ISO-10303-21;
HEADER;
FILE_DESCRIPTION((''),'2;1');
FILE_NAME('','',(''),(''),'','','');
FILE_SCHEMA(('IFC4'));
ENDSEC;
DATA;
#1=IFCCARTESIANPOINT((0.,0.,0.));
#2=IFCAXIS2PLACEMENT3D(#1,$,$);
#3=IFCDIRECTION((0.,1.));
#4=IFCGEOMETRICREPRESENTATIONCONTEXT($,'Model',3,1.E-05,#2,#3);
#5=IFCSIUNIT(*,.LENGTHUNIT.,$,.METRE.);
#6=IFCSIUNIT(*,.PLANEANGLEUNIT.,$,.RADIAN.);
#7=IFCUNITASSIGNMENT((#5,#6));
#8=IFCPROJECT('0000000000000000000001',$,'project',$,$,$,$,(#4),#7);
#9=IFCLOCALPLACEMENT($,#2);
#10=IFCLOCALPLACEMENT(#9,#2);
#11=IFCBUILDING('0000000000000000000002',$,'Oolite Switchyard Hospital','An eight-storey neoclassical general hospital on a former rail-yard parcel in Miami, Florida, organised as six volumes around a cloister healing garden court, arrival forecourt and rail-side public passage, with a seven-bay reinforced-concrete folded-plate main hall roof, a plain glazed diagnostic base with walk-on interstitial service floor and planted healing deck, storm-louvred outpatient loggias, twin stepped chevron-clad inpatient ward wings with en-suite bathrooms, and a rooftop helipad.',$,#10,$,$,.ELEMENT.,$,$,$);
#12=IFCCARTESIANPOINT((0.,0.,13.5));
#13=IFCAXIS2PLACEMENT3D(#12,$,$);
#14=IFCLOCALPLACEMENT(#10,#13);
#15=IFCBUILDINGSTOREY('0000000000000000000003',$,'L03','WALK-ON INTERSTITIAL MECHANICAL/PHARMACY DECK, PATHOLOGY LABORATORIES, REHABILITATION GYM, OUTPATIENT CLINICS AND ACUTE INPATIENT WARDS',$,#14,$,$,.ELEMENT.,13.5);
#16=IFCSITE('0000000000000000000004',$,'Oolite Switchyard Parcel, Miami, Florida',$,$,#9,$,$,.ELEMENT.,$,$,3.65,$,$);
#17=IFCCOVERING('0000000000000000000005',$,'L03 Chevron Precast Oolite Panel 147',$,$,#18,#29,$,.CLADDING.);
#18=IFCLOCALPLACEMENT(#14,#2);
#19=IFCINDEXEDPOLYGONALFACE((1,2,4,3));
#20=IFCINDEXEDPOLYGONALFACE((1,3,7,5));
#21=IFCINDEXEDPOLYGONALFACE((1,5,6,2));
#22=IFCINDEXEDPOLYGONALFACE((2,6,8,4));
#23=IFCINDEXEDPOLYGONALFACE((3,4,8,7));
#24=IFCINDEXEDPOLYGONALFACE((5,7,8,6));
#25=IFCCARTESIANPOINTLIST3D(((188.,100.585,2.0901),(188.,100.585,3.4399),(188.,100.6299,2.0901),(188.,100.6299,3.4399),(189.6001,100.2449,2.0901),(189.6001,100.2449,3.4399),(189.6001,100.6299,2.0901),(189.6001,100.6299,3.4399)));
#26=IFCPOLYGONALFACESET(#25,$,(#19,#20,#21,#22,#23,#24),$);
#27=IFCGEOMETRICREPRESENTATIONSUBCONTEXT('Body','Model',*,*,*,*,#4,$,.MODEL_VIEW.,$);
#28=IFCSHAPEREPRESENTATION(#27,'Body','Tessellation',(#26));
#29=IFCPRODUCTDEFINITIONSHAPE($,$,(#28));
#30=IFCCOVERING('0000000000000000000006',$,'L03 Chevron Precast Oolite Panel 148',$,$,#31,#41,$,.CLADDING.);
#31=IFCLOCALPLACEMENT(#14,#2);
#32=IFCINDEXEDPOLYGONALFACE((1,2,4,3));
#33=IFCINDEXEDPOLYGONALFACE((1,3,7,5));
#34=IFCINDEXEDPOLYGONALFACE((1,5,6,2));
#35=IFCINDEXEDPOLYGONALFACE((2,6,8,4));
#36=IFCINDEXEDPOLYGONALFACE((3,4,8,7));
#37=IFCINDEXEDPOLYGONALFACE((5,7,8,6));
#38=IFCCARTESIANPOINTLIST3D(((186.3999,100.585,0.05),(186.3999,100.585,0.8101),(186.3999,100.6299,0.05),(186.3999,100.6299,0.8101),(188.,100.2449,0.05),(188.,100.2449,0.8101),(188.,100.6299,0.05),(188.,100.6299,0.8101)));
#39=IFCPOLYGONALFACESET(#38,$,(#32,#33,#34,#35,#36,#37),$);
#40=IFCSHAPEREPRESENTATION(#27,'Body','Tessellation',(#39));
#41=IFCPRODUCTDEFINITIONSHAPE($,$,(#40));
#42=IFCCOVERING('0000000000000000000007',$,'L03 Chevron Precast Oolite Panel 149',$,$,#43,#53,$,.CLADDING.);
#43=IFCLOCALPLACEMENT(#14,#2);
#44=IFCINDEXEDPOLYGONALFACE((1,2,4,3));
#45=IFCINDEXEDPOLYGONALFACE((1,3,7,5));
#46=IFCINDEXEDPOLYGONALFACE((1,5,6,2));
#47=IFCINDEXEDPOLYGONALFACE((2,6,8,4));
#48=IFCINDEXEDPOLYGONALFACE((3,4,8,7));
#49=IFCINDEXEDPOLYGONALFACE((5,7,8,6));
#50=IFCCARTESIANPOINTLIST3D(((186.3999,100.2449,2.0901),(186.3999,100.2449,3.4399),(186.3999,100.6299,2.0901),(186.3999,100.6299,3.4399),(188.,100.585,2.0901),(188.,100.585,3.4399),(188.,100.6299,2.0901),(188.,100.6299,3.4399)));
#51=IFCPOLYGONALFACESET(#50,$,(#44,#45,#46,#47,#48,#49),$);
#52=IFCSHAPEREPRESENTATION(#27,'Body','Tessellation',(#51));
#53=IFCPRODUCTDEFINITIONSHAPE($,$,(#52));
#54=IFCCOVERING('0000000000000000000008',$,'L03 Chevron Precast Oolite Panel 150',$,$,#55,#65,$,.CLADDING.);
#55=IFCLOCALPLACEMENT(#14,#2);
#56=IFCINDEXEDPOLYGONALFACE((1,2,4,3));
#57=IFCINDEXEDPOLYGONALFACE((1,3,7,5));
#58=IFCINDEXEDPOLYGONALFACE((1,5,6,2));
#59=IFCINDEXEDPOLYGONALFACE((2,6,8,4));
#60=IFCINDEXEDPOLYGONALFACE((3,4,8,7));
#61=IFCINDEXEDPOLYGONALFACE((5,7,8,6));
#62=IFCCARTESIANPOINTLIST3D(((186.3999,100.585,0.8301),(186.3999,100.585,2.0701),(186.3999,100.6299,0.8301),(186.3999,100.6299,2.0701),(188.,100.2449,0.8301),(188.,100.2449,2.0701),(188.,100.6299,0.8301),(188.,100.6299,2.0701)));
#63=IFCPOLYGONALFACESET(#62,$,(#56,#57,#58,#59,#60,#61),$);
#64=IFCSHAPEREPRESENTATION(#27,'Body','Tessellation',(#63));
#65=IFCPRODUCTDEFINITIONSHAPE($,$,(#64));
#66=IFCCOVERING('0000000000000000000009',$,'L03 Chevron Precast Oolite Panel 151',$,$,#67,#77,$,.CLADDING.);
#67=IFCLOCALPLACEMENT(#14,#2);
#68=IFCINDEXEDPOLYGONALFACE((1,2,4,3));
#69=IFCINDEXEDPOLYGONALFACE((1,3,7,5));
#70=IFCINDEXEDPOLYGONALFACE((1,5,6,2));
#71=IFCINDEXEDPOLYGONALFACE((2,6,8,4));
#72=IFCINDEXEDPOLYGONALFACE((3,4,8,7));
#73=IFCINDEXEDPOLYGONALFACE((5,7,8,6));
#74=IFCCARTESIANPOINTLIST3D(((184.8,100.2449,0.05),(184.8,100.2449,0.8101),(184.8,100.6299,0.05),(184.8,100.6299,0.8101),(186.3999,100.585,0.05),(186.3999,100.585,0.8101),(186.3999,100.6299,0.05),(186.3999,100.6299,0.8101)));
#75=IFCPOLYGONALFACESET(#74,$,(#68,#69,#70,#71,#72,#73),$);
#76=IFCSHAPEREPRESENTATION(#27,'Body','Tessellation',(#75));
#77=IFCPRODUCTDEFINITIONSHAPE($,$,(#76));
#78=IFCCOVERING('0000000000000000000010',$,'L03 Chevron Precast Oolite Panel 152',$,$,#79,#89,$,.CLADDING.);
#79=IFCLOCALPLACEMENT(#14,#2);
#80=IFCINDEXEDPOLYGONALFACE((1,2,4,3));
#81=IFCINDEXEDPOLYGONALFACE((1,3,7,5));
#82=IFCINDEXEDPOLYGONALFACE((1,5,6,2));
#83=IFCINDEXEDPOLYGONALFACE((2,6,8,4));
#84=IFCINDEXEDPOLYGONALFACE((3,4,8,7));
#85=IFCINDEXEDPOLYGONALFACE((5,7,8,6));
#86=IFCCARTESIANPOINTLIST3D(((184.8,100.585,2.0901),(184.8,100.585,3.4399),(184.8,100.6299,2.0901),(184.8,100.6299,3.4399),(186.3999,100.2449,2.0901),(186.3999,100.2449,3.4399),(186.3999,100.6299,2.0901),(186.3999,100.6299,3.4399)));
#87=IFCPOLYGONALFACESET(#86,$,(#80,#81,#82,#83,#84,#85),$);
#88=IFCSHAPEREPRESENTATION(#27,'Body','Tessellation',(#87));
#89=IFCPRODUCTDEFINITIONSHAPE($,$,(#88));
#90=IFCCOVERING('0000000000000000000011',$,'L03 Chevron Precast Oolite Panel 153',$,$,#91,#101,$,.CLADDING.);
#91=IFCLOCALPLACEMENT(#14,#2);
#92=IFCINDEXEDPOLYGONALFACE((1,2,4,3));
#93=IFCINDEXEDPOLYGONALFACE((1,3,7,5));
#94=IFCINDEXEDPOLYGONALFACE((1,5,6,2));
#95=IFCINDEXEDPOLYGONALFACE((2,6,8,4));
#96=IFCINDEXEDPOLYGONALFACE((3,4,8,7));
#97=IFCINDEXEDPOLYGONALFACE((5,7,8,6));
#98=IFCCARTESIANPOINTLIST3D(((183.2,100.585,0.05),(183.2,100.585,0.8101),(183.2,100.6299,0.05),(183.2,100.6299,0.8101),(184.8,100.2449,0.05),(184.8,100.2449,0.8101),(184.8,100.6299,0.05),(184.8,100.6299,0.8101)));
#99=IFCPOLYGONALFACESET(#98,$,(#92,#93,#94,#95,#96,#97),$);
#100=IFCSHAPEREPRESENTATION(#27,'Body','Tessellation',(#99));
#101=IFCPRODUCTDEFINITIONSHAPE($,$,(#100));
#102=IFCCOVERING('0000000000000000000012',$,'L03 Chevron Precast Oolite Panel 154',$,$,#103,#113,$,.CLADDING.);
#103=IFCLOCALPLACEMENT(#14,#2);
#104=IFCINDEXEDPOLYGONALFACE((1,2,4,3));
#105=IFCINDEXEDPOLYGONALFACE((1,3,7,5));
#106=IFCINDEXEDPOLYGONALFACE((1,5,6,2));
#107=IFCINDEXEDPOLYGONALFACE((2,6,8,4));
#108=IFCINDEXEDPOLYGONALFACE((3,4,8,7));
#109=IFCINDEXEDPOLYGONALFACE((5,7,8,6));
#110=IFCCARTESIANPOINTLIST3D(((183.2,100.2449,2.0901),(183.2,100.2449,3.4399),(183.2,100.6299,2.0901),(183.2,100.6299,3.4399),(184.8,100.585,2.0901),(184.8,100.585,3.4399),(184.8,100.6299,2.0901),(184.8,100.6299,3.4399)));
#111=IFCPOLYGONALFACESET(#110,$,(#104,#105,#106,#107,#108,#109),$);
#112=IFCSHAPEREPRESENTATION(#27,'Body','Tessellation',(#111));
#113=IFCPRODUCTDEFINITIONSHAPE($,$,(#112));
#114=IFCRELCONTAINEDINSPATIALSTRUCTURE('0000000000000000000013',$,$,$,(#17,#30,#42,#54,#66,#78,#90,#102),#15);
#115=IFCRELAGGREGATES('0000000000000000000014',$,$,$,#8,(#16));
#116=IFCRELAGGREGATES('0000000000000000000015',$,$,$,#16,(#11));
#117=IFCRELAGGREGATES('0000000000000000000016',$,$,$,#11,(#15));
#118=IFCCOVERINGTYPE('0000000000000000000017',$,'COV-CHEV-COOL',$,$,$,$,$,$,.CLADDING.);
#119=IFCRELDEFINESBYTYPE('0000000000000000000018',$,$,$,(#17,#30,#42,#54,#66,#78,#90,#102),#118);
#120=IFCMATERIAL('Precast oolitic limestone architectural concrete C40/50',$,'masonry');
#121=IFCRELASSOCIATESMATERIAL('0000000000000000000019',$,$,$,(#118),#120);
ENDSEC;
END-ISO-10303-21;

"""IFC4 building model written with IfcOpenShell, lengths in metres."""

from ifc_helpers import new_model, si_unit, direction, frame, origin, place, context, subcontext, project, spatial, polyline, outline, extrude, material, type_object, element, save


model = new_model("IFC4")

# Units and contexts
model_context = context("Model", 3, precision=1e-05, world=origin(), true_north=direction((0.0, 1.0)))
body_context = subcontext(model_context, "Body", "Model", "MODEL_VIEW")
ifc_project = project(units=[si_unit("LENGTHUNIT", "METRE"), si_unit("PLANEANGLEUNIT", "RADIAN")], contexts=[model_context])

# Site, building, storey
site_placement = place(None, origin())
site = spatial("IfcSite", under=ifc_project, at=site_placement, Name="Oolite Switchyard Parcel, Miami, Florida", CompositionType="ELEMENT", RefElevation=3.65)
building_placement = place(site_placement, origin())
building = spatial("IfcBuilding", under=site, at=building_placement, Name="Oolite Switchyard Hospital", Description="An eight-storey neoclassical general hospital on a former rail-yard parcel in Miami, Florida, organised as six volumes around a cloister healing garden court, arrival forecourt and rail-side public passage, with a seven-bay reinforced-concrete folded-plate main hall roof, a plain glazed diagnostic base with walk-on interstitial service floor and planted healing deck, storm-louvred outpatient loggias, twin stepped chevron-clad inpatient ward wings with en-suite bathrooms, and a rooftop helipad.", CompositionType="ELEMENT")
storey_placement = place(building_placement, frame((0.0, 0.0, 13.5)))
storey = spatial("IfcBuildingStorey", under=building, at=storey_placement, Name="L03", Description="WALK-ON INTERSTITIAL MECHANICAL/PHARMACY DECK, PATHOLOGY LABORATORIES, REHABILITATION GYM, OUTPATIENT CLINICS AND ACUTE INPATIENT WARDS", CompositionType="ELEMENT", Elevation=13.5)

# Shared definitions
ifc_material_1 = material(Name="Precast oolitic limestone architectural concrete C40/50", Category="masonry")

# Coverings
covering_type = type_object("IfcCoveringType", Name="COV-CHEV-COOL", PredefinedType="CLADDING", material=ifc_material_1)
covering_1_placement = place(storey_placement, frame((189.6001, 100.6299, 2.0901), z_axis=(0.0, 0.0, 1.0), x_axis=(-1.0, 0.0, 0.0)))
element("IfcCovering", 1, at=covering_1_placement, inside=storey, type_object=covering_type, Name="L03 Chevron Precast Oolite Panel 147", PredefinedType="CLADDING", context=body_context, shape_type="SweptSolid", body=[
    extrude(outline(polyline([(0.0, 0.0), (1.6001, 0.0), (1.6001, 0.0449), (0.0, 0.385), (0.0, 0.0)])), origin(), (0.0, 0.0, 1.0), 1.3499),
])
covering_2_placement = place(storey_placement, frame((188.0, 100.6299, 0.05), z_axis=(0.0, 0.0, 1.0), x_axis=(-1.0, 0.0, 0.0)))
element("IfcCovering", 2, at=covering_2_placement, inside=storey, type_object=covering_type, Name="L03 Chevron Precast Oolite Panel 148", PredefinedType="CLADDING", context=body_context, shape_type="SweptSolid", body=[
    extrude(outline(polyline([(0.0, 0.0), (1.6001, 0.0), (1.6001, 0.0449), (0.0, 0.385), (0.0, 0.0)])), origin(), (0.0, 0.0, 1.0), 0.76),
])
covering_3_placement = place(storey_placement, frame((188.0, 100.6299, 2.0901), z_axis=(0.0, 0.0, 1.0), x_axis=(-1.0, 0.0, 0.0)))
element("IfcCovering", 3, at=covering_3_placement, inside=storey, type_object=covering_type, Name="L03 Chevron Precast Oolite Panel 149", PredefinedType="CLADDING", context=body_context, shape_type="SweptSolid", body=[
    extrude(outline(polyline([(0.0, 0.0), (1.6001, 0.0), (1.6001, 0.385), (0.0, 0.0449), (0.0, 0.0)])), origin(), (0.0, 0.0, 1.0), 1.3499),
])
covering_4_placement = place(storey_placement, frame((188.0, 100.6299, 0.8301), z_axis=(0.0, 0.0, 1.0), x_axis=(-1.0, 0.0, 0.0)))
element("IfcCovering", 4, at=covering_4_placement, inside=storey, type_object=covering_type, Name="L03 Chevron Precast Oolite Panel 150", PredefinedType="CLADDING", context=body_context, shape_type="SweptSolid", body=[
    extrude(outline(polyline([(0.0, 0.0), (1.6001, 0.0), (1.6001, 0.0449), (0.0, 0.385), (0.0, 0.0)])), origin(), (0.0, 0.0, 1.0), 1.24),
])
covering_5_placement = place(storey_placement, frame((186.3999, 100.6299, 0.05), z_axis=(0.0, 0.0, 1.0), x_axis=(-1.0, 0.0, 0.0)))
element("IfcCovering", 5, at=covering_5_placement, inside=storey, type_object=covering_type, Name="L03 Chevron Precast Oolite Panel 151", PredefinedType="CLADDING", context=body_context, shape_type="SweptSolid", body=[
    extrude(outline(polyline([(0.0, 0.0), (1.5999, 0.0), (1.5999, 0.385), (0.0, 0.0449), (0.0, 0.0)])), origin(), (0.0, 0.0, 1.0), 0.76),
])
covering_6_placement = place(storey_placement, frame((186.3999, 100.6299, 2.0901), z_axis=(0.0, 0.0, 1.0), x_axis=(-1.0, 0.0, 0.0)))
element("IfcCovering", 6, at=covering_6_placement, inside=storey, type_object=covering_type, Name="L03 Chevron Precast Oolite Panel 152", PredefinedType="CLADDING", context=body_context, shape_type="SweptSolid", body=[
    extrude(outline(polyline([(0.0, 0.0), (1.5999, 0.0), (1.5999, 0.0449), (0.0, 0.385), (0.0, 0.0)])), origin(), (0.0, 0.0, 1.0), 1.3499),
])
covering_7_placement = place(storey_placement, frame((184.8, 100.6299, 0.05), z_axis=(0.0, 0.0, 1.0), x_axis=(-1.0, 0.0, 0.0)))
element("IfcCovering", 7, at=covering_7_placement, inside=storey, type_object=covering_type, Name="L03 Chevron Precast Oolite Panel 153", PredefinedType="CLADDING", context=body_context, shape_type="SweptSolid", body=[
    extrude(outline(polyline([(0.0, 0.0), (1.6001, 0.0), (1.6001, 0.0449), (0.0, 0.385), (0.0, 0.0)])), origin(), (0.0, 0.0, 1.0), 0.76),
])
covering_8_placement = place(storey_placement, frame((184.8, 100.6299, 2.0901), z_axis=(0.0, 0.0, 1.0), x_axis=(-1.0, 0.0, 0.0)))
element("IfcCovering", 8, at=covering_8_placement, inside=storey, type_object=covering_type, Name="L03 Chevron Precast Oolite Panel 154", PredefinedType="CLADDING", context=body_context, shape_type="SweptSolid", body=[
    extrude(outline(polyline([(0.0, 0.0), (1.6001, 0.0), (1.6001, 0.385), (0.0, 0.0449), (0.0, 0.0)])), origin(), (0.0, 0.0, 1.0), 1.3499),
])

save(model, "model.ifc")
